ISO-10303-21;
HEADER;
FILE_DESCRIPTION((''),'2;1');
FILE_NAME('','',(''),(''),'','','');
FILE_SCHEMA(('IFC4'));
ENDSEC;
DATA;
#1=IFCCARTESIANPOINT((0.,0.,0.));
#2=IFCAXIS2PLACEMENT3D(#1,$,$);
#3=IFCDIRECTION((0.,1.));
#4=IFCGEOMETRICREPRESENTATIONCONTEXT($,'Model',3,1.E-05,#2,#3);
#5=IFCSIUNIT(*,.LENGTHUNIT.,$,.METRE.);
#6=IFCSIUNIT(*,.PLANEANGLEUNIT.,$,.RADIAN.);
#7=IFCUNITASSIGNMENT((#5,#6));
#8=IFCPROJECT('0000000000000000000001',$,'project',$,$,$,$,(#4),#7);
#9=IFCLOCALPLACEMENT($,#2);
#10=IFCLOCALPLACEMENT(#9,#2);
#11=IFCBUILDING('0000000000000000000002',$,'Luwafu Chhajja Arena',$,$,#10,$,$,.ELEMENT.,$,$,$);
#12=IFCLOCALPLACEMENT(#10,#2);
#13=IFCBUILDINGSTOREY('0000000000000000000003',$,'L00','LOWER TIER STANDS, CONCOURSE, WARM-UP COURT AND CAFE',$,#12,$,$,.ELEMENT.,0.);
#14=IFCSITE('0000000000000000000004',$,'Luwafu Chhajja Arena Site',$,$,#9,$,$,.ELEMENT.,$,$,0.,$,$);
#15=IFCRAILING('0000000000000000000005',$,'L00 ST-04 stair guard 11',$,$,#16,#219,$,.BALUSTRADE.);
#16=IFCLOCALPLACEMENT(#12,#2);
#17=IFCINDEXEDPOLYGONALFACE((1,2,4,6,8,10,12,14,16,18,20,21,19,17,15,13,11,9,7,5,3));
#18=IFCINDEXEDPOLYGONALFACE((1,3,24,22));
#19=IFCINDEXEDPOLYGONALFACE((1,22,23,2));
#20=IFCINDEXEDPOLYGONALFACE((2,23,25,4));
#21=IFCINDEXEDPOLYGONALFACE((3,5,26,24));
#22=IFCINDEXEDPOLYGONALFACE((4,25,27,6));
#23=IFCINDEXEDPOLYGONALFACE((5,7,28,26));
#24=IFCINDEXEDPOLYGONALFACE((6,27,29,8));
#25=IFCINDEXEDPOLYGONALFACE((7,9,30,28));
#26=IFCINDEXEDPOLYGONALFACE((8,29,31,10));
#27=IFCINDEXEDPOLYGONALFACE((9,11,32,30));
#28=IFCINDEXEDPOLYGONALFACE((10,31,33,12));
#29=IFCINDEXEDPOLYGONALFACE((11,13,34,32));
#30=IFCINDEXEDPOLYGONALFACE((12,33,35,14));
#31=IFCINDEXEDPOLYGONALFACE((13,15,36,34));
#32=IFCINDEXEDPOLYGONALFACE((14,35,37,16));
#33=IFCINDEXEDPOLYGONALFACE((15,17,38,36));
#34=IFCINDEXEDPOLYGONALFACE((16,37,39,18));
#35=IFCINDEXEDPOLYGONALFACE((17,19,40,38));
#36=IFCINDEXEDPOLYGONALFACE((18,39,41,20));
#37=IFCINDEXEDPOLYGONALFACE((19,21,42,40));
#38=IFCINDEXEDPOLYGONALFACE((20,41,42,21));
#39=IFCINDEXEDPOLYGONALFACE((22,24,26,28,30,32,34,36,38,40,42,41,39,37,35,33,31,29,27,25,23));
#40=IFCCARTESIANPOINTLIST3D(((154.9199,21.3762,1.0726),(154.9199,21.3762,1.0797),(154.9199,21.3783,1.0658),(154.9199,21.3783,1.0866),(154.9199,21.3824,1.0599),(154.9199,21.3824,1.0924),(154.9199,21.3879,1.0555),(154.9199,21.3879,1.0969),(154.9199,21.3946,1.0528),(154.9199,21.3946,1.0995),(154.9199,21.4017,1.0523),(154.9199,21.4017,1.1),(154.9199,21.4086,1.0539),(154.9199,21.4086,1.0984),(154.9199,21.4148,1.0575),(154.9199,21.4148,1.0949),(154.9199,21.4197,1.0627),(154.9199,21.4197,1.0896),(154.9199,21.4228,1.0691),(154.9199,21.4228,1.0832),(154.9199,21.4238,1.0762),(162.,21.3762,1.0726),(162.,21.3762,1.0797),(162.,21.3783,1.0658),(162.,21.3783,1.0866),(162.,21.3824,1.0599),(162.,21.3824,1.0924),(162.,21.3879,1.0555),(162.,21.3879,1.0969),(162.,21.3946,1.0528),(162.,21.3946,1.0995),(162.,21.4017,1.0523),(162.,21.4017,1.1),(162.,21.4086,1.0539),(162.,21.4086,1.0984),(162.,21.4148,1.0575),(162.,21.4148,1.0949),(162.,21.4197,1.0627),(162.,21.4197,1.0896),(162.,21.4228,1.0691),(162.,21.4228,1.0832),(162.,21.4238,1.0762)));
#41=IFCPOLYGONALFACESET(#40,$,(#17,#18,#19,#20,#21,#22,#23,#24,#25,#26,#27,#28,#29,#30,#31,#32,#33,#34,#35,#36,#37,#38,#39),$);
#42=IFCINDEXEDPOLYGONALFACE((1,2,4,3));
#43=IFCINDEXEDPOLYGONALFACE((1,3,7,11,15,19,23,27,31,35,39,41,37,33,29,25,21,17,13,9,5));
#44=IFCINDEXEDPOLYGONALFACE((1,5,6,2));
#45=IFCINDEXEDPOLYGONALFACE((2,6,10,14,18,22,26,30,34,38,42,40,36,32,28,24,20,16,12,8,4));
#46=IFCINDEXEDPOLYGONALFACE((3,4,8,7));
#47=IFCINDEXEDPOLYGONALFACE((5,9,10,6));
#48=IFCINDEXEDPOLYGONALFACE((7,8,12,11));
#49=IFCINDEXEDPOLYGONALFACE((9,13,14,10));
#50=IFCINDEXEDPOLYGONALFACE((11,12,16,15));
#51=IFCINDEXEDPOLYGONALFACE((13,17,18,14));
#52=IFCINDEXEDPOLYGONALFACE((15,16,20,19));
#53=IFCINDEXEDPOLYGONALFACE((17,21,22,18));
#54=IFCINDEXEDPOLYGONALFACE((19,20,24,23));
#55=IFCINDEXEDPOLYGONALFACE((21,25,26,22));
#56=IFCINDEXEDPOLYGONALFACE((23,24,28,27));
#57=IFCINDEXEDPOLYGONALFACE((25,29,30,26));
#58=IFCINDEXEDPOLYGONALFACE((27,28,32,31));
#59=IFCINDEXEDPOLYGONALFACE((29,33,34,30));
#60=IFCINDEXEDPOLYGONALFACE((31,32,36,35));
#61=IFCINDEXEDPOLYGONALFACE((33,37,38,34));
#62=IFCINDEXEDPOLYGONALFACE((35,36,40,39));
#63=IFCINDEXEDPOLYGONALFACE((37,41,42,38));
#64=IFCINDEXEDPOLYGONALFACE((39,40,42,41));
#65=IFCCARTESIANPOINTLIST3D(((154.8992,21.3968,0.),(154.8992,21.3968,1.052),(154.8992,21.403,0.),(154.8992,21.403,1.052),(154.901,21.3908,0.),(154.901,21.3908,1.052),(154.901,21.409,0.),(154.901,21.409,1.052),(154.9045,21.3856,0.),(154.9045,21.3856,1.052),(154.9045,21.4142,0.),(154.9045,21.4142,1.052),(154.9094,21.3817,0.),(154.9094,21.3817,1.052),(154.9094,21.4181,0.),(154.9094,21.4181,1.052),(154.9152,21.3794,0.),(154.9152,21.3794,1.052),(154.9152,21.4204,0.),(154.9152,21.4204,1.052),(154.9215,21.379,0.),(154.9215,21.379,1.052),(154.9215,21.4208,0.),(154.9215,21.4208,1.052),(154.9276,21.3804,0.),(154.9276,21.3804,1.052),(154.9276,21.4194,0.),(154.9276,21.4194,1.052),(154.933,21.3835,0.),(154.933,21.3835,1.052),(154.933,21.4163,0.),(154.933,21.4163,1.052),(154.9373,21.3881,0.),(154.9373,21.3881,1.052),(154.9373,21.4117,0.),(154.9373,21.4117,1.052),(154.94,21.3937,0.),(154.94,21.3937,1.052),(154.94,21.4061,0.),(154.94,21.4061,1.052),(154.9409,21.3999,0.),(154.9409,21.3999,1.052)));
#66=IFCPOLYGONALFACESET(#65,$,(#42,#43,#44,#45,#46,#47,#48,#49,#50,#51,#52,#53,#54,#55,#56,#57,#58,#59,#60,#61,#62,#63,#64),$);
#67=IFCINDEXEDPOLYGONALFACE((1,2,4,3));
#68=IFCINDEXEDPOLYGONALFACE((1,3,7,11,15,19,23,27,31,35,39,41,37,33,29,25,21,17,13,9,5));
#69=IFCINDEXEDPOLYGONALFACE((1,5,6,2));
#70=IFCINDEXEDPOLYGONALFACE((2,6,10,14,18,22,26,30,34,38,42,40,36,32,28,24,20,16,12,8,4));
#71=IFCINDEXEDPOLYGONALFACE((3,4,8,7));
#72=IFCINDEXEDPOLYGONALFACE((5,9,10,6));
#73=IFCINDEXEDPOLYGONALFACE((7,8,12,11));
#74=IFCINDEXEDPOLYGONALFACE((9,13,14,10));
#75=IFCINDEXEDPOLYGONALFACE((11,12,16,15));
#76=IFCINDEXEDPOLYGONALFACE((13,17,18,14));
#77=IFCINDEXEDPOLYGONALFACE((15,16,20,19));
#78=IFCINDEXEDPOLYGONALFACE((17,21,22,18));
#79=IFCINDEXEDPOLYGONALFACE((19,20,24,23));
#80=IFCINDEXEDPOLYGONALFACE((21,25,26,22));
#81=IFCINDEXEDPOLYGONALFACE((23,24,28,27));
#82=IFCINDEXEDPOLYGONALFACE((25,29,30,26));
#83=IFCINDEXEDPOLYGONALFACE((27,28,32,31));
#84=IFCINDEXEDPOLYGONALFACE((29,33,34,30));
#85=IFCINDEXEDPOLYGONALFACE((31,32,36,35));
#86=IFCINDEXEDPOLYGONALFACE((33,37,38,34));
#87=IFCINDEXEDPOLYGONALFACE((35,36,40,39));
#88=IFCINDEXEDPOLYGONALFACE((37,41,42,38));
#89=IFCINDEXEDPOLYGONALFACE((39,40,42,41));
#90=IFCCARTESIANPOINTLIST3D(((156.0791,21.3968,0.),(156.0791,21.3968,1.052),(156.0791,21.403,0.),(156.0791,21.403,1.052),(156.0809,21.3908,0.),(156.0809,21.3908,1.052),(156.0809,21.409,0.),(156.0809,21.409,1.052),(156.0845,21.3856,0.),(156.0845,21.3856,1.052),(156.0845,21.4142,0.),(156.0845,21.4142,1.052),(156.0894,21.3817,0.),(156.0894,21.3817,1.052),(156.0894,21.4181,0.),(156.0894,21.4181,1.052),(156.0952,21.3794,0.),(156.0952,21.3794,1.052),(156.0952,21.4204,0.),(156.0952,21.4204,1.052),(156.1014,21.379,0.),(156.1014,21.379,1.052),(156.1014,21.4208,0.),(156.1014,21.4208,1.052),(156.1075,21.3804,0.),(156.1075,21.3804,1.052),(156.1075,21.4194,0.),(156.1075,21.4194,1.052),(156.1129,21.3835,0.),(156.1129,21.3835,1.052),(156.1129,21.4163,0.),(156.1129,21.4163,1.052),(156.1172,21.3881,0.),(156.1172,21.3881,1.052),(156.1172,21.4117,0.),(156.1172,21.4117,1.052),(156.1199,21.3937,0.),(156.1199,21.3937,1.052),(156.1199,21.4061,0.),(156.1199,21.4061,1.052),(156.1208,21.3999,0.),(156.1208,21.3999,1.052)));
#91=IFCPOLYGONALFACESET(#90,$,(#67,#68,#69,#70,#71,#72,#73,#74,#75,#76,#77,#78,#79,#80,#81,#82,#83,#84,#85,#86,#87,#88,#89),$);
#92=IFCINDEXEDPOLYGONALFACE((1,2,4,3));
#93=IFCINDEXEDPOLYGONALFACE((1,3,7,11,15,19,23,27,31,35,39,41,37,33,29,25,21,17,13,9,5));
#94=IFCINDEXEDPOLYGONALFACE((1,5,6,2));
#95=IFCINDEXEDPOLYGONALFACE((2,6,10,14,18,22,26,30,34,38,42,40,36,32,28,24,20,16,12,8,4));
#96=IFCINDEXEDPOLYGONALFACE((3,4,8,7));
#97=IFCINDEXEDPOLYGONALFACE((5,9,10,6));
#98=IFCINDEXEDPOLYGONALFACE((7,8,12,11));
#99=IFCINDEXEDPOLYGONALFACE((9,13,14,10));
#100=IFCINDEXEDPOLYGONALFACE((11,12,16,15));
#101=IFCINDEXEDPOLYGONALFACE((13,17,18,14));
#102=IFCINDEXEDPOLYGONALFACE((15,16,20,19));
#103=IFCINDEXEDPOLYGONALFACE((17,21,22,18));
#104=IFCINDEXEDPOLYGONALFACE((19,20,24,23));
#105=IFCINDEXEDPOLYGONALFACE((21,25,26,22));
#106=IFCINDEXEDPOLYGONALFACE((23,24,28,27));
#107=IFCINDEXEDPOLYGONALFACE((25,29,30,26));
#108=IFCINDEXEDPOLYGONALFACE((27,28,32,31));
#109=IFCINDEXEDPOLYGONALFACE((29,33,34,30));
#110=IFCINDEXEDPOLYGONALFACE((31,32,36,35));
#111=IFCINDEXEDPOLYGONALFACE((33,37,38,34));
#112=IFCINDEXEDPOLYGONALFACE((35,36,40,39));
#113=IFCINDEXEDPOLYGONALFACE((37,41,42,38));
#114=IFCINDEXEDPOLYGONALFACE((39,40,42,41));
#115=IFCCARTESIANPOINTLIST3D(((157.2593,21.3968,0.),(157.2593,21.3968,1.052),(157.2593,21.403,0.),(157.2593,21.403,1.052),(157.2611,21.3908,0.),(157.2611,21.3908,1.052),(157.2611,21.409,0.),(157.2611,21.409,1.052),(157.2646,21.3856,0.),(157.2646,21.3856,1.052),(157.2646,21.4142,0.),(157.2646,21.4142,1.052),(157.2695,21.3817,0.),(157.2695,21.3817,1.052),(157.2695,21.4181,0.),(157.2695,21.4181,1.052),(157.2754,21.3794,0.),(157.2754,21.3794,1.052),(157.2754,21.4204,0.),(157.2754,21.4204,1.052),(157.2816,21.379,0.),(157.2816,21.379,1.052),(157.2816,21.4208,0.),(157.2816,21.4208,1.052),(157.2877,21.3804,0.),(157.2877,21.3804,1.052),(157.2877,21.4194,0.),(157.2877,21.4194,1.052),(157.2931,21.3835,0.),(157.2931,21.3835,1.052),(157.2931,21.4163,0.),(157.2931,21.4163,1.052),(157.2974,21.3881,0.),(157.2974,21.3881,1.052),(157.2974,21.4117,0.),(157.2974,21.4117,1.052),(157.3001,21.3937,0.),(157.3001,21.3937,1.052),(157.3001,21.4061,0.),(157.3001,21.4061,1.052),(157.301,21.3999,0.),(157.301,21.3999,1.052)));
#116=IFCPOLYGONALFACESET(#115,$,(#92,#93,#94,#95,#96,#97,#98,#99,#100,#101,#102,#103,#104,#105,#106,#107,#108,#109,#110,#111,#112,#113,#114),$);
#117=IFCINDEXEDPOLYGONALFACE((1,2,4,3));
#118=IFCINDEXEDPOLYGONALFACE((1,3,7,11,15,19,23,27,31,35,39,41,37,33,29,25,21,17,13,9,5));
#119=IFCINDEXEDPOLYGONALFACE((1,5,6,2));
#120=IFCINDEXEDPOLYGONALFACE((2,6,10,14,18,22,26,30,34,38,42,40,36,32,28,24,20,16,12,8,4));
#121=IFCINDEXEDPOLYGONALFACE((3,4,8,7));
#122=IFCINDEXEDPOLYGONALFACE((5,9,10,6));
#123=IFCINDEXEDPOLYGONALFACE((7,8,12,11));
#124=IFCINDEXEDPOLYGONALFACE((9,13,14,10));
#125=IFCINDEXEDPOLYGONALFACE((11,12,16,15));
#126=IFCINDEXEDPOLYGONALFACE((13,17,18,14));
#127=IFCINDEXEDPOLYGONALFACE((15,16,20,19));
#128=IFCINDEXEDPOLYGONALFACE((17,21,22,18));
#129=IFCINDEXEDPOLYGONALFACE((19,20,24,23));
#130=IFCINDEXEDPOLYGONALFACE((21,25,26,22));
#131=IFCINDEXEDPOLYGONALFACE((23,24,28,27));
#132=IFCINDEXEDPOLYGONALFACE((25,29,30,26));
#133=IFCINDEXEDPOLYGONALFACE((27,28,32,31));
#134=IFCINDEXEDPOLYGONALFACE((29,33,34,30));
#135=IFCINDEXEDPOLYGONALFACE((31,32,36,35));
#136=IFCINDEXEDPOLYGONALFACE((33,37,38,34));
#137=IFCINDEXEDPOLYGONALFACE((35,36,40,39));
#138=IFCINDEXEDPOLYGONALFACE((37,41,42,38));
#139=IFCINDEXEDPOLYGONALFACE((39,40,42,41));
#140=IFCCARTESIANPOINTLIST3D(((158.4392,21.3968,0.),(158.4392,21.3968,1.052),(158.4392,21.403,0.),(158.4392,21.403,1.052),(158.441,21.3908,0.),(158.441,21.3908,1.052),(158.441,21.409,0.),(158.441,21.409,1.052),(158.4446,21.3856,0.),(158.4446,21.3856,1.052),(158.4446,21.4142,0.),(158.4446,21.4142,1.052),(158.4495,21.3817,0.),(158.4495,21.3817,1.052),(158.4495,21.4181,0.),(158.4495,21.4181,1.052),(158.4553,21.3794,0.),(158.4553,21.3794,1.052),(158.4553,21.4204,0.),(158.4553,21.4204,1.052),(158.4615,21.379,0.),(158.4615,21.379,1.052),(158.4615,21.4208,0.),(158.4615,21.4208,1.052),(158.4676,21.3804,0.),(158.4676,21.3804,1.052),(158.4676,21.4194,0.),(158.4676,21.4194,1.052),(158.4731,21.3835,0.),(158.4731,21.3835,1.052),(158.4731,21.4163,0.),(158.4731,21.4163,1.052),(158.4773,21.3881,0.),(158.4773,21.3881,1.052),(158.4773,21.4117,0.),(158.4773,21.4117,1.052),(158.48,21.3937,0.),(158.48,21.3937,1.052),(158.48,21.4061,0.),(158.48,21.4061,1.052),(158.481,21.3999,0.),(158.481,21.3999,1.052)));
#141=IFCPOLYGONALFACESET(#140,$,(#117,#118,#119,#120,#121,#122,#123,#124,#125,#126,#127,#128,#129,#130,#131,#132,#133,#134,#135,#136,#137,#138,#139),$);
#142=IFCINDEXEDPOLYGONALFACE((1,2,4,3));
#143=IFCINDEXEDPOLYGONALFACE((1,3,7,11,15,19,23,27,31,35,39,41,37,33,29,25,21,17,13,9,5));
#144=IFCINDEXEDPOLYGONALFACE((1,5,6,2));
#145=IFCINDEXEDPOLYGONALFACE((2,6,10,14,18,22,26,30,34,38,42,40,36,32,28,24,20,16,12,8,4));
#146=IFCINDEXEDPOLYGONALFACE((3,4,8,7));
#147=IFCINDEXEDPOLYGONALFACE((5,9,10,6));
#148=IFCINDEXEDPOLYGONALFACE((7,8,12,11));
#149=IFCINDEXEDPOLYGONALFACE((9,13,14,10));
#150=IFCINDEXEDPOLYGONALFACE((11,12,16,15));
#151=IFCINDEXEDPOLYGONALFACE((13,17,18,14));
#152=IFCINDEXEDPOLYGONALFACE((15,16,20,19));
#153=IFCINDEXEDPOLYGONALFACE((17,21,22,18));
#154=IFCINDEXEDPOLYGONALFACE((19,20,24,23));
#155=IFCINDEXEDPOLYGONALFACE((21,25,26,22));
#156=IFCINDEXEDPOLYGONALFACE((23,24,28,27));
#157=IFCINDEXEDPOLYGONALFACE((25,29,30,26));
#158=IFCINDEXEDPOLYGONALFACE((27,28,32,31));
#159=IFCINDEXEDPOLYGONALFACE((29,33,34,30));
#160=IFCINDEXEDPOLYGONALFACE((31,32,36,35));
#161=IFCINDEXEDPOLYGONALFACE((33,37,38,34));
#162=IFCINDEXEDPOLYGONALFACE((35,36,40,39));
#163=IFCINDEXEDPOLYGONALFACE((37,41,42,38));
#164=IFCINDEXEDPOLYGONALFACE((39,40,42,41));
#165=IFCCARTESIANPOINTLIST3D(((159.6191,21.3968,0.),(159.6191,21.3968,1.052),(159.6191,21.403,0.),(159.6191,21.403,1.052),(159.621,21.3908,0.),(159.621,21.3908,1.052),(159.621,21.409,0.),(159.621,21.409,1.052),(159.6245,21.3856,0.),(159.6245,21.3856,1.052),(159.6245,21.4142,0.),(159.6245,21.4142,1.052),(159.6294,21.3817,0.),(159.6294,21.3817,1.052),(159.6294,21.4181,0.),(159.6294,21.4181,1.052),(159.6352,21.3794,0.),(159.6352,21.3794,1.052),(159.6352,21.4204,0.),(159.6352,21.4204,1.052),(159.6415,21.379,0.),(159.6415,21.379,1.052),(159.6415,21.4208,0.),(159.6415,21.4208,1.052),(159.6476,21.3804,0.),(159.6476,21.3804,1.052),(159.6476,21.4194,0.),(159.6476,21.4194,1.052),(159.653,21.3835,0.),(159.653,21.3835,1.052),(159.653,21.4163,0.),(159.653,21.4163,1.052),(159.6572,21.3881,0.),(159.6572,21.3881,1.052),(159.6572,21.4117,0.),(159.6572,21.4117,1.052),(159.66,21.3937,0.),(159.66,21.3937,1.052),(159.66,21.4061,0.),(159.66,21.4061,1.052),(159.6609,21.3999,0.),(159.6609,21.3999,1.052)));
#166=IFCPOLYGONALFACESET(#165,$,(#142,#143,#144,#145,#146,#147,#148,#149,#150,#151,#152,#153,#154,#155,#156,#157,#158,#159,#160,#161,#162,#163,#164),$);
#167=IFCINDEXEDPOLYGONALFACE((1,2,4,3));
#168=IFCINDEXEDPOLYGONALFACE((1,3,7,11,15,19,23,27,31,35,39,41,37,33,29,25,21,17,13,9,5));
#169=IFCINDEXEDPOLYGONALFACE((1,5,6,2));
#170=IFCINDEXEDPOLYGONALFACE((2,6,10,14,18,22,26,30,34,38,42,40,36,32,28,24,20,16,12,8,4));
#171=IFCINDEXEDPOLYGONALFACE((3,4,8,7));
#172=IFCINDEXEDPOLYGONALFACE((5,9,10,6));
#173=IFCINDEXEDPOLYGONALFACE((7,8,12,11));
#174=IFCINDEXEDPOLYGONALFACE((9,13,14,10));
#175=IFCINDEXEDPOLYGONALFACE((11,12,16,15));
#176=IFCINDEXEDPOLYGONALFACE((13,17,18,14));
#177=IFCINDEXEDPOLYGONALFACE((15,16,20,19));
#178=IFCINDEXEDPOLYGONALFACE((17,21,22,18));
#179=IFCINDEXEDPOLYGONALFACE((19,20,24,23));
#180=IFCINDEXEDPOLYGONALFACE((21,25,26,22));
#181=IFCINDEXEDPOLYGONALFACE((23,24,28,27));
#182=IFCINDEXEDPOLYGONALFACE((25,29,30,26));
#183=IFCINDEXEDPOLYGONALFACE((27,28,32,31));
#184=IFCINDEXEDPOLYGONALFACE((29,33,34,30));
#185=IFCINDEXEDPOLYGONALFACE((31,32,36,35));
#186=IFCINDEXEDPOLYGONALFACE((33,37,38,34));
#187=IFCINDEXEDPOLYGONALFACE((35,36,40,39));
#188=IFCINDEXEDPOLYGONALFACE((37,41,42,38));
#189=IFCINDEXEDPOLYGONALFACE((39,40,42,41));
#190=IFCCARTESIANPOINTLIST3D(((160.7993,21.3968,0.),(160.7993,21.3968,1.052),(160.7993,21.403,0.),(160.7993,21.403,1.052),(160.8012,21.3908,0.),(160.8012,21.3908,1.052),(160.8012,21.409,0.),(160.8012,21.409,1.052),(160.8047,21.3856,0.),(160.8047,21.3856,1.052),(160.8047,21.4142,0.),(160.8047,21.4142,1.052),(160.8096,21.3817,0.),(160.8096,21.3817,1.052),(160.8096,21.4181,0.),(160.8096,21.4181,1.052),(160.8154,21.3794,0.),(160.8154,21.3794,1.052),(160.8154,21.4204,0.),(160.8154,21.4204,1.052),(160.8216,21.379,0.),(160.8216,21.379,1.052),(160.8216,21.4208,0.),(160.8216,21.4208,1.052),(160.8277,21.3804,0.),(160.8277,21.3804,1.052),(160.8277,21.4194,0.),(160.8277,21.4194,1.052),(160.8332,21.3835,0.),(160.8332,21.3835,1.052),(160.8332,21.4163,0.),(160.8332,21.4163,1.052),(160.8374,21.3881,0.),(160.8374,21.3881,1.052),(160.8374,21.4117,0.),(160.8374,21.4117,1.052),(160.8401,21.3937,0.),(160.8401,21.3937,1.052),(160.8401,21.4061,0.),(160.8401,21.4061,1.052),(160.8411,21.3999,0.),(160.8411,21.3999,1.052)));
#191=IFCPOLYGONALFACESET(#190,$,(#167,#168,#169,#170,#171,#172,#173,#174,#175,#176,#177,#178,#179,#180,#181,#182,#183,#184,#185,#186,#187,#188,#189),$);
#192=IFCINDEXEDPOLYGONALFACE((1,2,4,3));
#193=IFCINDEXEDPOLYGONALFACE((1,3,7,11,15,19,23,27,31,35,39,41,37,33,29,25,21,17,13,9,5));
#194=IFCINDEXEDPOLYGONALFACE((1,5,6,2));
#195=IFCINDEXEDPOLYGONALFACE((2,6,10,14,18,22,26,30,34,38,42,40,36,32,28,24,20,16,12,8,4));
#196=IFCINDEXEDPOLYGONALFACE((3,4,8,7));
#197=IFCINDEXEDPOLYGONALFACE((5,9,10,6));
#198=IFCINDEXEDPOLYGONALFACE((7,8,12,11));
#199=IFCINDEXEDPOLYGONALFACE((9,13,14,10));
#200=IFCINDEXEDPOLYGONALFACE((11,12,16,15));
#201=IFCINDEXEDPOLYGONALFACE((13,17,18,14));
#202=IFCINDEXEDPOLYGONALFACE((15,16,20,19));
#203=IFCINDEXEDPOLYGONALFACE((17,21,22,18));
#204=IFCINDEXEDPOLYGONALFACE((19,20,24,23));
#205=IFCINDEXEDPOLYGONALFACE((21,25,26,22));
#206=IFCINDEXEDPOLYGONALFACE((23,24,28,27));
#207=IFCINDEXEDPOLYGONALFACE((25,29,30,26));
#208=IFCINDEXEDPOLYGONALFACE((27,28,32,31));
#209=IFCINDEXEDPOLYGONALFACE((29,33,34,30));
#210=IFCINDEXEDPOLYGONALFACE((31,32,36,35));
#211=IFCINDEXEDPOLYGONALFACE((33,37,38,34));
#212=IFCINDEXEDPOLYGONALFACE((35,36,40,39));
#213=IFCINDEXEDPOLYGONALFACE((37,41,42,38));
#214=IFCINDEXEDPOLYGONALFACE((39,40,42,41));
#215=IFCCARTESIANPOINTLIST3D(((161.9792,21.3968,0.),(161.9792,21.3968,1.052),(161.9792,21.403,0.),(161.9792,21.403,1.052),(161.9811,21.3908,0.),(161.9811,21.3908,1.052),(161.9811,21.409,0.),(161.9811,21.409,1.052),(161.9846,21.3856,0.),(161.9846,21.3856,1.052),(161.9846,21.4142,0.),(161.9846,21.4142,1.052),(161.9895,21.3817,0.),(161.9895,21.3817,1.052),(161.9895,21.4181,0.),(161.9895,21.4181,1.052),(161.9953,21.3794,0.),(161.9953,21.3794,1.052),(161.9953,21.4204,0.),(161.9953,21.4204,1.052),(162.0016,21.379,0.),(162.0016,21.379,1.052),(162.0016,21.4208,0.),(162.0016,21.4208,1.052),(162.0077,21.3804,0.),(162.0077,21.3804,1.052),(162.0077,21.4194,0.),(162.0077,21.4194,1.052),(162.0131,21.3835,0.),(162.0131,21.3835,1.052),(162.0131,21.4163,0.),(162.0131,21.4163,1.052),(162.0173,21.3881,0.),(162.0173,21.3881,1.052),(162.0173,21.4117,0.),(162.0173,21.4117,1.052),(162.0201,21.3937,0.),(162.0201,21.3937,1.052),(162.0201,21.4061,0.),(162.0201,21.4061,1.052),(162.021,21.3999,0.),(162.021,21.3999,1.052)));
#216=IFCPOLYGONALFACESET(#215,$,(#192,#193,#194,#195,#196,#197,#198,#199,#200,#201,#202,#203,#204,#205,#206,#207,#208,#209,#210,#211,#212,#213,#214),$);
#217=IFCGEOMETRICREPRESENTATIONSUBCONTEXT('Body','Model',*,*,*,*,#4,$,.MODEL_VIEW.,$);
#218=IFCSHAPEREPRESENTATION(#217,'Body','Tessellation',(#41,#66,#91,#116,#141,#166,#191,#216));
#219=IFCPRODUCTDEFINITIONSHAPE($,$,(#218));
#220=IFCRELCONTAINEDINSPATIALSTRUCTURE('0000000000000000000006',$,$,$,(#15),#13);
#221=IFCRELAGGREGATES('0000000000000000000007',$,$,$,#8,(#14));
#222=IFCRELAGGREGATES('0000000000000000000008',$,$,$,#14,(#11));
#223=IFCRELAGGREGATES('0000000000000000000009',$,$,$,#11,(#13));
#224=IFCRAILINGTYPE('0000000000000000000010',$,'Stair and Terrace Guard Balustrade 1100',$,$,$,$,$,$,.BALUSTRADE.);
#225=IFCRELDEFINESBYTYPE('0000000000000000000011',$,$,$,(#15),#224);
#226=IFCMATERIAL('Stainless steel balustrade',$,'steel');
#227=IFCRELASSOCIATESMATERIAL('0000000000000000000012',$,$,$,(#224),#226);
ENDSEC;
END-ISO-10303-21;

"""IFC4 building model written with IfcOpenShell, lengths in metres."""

from ifc_helpers import new_model, si_unit, direction, frame, origin, origin_2d, place, context, subcontext, project, spatial, circle, extrude, material, type_object, element, save


model = new_model("IFC4")

# Units and contexts
model_context = context("Model", 3, precision=1e-05, world=origin(), true_north=direction((0.0, 1.0)))
body_context = subcontext(model_context, "Body", "Model", "MODEL_VIEW")
ifc_project = project(units=[si_unit("LENGTHUNIT", "METRE"), si_unit("PLANEANGLEUNIT", "RADIAN")], contexts=[model_context])

# Site, building, storey
site_placement = place(None, origin())
site = spatial("IfcSite", under=ifc_project, at=site_placement, Name="Luwafu Chhajja Arena Site", CompositionType="ELEMENT", RefElevation=0.0)
building_placement = place(site_placement, origin())
building = spatial("IfcBuilding", under=site, at=building_placement, Name="Luwafu Chhajja Arena", CompositionType="ELEMENT")
storey_placement = place(building_placement, origin())
storey = spatial("IfcBuildingStorey", under=building, at=storey_placement, Name="L00", Description="LOWER TIER STANDS, CONCOURSE, WARM-UP COURT AND CAFE", CompositionType="ELEMENT", Elevation=0.0)

# Railing
ifc_material_1 = material(Name="Stainless steel balustrade", Category="steel")
railing_type = type_object("IfcRailingType", Name="Stair and Terrace Guard Balustrade 1100", PredefinedType="BALUSTRADE", material=ifc_material_1)
for number, where, name in (
    (1, (154.9199, 21.3999, 0.0), "L00 ST-04 stair guard 11"),
):
    element("IfcRailing", number, at=place(storey_placement, frame(where)), inside=storey, type_object=railing_type, Name=name, PredefinedType="BALUSTRADE", context=body_context, shape_type="SweptSolid", body=[
        extrude(circle(Radius=0.0239, at=origin_2d()), frame((0.0, 0.0, 1.0762), z_axis=(1.0, 0.0, 0.0), x_axis=(0.0, 1.0, 0.0)), (0.0, 0.0, 1.0), 7.0801),
        extrude(circle(Radius=0.021, at=origin_2d()), origin(), (0.0, 0.0, 1.0), 1.052),
        extrude(circle(Radius=0.021, at=origin_2d()), frame((1.1799, 0.0, 0.0)), (0.0, 0.0, 1.0), 1.052),
        extrude(circle(Radius=0.021, at=origin_2d()), frame((2.3601, 0.0, 0.0)), (0.0, 0.0, 1.0), 1.052),
        extrude(circle(Radius=0.021, at=origin_2d()), frame((3.54, 0.0, 0.0)), (0.0, 0.0, 1.0), 1.052),
        extrude(circle(Radius=0.021, at=origin_2d()), frame((4.72, 0.0, 0.0)), (0.0, 0.0, 1.0), 1.052),
        extrude(circle(Radius=0.021, at=origin_2d()), frame((5.9001, 0.0, 0.0)), (0.0, 0.0, 1.0), 1.052),
        extrude(circle(Radius=0.021, at=origin_2d()), frame((7.0801, 0.0, 0.0)), (0.0, 0.0, 1.0), 1.052),
    ])

save(model, "model.ifc")
